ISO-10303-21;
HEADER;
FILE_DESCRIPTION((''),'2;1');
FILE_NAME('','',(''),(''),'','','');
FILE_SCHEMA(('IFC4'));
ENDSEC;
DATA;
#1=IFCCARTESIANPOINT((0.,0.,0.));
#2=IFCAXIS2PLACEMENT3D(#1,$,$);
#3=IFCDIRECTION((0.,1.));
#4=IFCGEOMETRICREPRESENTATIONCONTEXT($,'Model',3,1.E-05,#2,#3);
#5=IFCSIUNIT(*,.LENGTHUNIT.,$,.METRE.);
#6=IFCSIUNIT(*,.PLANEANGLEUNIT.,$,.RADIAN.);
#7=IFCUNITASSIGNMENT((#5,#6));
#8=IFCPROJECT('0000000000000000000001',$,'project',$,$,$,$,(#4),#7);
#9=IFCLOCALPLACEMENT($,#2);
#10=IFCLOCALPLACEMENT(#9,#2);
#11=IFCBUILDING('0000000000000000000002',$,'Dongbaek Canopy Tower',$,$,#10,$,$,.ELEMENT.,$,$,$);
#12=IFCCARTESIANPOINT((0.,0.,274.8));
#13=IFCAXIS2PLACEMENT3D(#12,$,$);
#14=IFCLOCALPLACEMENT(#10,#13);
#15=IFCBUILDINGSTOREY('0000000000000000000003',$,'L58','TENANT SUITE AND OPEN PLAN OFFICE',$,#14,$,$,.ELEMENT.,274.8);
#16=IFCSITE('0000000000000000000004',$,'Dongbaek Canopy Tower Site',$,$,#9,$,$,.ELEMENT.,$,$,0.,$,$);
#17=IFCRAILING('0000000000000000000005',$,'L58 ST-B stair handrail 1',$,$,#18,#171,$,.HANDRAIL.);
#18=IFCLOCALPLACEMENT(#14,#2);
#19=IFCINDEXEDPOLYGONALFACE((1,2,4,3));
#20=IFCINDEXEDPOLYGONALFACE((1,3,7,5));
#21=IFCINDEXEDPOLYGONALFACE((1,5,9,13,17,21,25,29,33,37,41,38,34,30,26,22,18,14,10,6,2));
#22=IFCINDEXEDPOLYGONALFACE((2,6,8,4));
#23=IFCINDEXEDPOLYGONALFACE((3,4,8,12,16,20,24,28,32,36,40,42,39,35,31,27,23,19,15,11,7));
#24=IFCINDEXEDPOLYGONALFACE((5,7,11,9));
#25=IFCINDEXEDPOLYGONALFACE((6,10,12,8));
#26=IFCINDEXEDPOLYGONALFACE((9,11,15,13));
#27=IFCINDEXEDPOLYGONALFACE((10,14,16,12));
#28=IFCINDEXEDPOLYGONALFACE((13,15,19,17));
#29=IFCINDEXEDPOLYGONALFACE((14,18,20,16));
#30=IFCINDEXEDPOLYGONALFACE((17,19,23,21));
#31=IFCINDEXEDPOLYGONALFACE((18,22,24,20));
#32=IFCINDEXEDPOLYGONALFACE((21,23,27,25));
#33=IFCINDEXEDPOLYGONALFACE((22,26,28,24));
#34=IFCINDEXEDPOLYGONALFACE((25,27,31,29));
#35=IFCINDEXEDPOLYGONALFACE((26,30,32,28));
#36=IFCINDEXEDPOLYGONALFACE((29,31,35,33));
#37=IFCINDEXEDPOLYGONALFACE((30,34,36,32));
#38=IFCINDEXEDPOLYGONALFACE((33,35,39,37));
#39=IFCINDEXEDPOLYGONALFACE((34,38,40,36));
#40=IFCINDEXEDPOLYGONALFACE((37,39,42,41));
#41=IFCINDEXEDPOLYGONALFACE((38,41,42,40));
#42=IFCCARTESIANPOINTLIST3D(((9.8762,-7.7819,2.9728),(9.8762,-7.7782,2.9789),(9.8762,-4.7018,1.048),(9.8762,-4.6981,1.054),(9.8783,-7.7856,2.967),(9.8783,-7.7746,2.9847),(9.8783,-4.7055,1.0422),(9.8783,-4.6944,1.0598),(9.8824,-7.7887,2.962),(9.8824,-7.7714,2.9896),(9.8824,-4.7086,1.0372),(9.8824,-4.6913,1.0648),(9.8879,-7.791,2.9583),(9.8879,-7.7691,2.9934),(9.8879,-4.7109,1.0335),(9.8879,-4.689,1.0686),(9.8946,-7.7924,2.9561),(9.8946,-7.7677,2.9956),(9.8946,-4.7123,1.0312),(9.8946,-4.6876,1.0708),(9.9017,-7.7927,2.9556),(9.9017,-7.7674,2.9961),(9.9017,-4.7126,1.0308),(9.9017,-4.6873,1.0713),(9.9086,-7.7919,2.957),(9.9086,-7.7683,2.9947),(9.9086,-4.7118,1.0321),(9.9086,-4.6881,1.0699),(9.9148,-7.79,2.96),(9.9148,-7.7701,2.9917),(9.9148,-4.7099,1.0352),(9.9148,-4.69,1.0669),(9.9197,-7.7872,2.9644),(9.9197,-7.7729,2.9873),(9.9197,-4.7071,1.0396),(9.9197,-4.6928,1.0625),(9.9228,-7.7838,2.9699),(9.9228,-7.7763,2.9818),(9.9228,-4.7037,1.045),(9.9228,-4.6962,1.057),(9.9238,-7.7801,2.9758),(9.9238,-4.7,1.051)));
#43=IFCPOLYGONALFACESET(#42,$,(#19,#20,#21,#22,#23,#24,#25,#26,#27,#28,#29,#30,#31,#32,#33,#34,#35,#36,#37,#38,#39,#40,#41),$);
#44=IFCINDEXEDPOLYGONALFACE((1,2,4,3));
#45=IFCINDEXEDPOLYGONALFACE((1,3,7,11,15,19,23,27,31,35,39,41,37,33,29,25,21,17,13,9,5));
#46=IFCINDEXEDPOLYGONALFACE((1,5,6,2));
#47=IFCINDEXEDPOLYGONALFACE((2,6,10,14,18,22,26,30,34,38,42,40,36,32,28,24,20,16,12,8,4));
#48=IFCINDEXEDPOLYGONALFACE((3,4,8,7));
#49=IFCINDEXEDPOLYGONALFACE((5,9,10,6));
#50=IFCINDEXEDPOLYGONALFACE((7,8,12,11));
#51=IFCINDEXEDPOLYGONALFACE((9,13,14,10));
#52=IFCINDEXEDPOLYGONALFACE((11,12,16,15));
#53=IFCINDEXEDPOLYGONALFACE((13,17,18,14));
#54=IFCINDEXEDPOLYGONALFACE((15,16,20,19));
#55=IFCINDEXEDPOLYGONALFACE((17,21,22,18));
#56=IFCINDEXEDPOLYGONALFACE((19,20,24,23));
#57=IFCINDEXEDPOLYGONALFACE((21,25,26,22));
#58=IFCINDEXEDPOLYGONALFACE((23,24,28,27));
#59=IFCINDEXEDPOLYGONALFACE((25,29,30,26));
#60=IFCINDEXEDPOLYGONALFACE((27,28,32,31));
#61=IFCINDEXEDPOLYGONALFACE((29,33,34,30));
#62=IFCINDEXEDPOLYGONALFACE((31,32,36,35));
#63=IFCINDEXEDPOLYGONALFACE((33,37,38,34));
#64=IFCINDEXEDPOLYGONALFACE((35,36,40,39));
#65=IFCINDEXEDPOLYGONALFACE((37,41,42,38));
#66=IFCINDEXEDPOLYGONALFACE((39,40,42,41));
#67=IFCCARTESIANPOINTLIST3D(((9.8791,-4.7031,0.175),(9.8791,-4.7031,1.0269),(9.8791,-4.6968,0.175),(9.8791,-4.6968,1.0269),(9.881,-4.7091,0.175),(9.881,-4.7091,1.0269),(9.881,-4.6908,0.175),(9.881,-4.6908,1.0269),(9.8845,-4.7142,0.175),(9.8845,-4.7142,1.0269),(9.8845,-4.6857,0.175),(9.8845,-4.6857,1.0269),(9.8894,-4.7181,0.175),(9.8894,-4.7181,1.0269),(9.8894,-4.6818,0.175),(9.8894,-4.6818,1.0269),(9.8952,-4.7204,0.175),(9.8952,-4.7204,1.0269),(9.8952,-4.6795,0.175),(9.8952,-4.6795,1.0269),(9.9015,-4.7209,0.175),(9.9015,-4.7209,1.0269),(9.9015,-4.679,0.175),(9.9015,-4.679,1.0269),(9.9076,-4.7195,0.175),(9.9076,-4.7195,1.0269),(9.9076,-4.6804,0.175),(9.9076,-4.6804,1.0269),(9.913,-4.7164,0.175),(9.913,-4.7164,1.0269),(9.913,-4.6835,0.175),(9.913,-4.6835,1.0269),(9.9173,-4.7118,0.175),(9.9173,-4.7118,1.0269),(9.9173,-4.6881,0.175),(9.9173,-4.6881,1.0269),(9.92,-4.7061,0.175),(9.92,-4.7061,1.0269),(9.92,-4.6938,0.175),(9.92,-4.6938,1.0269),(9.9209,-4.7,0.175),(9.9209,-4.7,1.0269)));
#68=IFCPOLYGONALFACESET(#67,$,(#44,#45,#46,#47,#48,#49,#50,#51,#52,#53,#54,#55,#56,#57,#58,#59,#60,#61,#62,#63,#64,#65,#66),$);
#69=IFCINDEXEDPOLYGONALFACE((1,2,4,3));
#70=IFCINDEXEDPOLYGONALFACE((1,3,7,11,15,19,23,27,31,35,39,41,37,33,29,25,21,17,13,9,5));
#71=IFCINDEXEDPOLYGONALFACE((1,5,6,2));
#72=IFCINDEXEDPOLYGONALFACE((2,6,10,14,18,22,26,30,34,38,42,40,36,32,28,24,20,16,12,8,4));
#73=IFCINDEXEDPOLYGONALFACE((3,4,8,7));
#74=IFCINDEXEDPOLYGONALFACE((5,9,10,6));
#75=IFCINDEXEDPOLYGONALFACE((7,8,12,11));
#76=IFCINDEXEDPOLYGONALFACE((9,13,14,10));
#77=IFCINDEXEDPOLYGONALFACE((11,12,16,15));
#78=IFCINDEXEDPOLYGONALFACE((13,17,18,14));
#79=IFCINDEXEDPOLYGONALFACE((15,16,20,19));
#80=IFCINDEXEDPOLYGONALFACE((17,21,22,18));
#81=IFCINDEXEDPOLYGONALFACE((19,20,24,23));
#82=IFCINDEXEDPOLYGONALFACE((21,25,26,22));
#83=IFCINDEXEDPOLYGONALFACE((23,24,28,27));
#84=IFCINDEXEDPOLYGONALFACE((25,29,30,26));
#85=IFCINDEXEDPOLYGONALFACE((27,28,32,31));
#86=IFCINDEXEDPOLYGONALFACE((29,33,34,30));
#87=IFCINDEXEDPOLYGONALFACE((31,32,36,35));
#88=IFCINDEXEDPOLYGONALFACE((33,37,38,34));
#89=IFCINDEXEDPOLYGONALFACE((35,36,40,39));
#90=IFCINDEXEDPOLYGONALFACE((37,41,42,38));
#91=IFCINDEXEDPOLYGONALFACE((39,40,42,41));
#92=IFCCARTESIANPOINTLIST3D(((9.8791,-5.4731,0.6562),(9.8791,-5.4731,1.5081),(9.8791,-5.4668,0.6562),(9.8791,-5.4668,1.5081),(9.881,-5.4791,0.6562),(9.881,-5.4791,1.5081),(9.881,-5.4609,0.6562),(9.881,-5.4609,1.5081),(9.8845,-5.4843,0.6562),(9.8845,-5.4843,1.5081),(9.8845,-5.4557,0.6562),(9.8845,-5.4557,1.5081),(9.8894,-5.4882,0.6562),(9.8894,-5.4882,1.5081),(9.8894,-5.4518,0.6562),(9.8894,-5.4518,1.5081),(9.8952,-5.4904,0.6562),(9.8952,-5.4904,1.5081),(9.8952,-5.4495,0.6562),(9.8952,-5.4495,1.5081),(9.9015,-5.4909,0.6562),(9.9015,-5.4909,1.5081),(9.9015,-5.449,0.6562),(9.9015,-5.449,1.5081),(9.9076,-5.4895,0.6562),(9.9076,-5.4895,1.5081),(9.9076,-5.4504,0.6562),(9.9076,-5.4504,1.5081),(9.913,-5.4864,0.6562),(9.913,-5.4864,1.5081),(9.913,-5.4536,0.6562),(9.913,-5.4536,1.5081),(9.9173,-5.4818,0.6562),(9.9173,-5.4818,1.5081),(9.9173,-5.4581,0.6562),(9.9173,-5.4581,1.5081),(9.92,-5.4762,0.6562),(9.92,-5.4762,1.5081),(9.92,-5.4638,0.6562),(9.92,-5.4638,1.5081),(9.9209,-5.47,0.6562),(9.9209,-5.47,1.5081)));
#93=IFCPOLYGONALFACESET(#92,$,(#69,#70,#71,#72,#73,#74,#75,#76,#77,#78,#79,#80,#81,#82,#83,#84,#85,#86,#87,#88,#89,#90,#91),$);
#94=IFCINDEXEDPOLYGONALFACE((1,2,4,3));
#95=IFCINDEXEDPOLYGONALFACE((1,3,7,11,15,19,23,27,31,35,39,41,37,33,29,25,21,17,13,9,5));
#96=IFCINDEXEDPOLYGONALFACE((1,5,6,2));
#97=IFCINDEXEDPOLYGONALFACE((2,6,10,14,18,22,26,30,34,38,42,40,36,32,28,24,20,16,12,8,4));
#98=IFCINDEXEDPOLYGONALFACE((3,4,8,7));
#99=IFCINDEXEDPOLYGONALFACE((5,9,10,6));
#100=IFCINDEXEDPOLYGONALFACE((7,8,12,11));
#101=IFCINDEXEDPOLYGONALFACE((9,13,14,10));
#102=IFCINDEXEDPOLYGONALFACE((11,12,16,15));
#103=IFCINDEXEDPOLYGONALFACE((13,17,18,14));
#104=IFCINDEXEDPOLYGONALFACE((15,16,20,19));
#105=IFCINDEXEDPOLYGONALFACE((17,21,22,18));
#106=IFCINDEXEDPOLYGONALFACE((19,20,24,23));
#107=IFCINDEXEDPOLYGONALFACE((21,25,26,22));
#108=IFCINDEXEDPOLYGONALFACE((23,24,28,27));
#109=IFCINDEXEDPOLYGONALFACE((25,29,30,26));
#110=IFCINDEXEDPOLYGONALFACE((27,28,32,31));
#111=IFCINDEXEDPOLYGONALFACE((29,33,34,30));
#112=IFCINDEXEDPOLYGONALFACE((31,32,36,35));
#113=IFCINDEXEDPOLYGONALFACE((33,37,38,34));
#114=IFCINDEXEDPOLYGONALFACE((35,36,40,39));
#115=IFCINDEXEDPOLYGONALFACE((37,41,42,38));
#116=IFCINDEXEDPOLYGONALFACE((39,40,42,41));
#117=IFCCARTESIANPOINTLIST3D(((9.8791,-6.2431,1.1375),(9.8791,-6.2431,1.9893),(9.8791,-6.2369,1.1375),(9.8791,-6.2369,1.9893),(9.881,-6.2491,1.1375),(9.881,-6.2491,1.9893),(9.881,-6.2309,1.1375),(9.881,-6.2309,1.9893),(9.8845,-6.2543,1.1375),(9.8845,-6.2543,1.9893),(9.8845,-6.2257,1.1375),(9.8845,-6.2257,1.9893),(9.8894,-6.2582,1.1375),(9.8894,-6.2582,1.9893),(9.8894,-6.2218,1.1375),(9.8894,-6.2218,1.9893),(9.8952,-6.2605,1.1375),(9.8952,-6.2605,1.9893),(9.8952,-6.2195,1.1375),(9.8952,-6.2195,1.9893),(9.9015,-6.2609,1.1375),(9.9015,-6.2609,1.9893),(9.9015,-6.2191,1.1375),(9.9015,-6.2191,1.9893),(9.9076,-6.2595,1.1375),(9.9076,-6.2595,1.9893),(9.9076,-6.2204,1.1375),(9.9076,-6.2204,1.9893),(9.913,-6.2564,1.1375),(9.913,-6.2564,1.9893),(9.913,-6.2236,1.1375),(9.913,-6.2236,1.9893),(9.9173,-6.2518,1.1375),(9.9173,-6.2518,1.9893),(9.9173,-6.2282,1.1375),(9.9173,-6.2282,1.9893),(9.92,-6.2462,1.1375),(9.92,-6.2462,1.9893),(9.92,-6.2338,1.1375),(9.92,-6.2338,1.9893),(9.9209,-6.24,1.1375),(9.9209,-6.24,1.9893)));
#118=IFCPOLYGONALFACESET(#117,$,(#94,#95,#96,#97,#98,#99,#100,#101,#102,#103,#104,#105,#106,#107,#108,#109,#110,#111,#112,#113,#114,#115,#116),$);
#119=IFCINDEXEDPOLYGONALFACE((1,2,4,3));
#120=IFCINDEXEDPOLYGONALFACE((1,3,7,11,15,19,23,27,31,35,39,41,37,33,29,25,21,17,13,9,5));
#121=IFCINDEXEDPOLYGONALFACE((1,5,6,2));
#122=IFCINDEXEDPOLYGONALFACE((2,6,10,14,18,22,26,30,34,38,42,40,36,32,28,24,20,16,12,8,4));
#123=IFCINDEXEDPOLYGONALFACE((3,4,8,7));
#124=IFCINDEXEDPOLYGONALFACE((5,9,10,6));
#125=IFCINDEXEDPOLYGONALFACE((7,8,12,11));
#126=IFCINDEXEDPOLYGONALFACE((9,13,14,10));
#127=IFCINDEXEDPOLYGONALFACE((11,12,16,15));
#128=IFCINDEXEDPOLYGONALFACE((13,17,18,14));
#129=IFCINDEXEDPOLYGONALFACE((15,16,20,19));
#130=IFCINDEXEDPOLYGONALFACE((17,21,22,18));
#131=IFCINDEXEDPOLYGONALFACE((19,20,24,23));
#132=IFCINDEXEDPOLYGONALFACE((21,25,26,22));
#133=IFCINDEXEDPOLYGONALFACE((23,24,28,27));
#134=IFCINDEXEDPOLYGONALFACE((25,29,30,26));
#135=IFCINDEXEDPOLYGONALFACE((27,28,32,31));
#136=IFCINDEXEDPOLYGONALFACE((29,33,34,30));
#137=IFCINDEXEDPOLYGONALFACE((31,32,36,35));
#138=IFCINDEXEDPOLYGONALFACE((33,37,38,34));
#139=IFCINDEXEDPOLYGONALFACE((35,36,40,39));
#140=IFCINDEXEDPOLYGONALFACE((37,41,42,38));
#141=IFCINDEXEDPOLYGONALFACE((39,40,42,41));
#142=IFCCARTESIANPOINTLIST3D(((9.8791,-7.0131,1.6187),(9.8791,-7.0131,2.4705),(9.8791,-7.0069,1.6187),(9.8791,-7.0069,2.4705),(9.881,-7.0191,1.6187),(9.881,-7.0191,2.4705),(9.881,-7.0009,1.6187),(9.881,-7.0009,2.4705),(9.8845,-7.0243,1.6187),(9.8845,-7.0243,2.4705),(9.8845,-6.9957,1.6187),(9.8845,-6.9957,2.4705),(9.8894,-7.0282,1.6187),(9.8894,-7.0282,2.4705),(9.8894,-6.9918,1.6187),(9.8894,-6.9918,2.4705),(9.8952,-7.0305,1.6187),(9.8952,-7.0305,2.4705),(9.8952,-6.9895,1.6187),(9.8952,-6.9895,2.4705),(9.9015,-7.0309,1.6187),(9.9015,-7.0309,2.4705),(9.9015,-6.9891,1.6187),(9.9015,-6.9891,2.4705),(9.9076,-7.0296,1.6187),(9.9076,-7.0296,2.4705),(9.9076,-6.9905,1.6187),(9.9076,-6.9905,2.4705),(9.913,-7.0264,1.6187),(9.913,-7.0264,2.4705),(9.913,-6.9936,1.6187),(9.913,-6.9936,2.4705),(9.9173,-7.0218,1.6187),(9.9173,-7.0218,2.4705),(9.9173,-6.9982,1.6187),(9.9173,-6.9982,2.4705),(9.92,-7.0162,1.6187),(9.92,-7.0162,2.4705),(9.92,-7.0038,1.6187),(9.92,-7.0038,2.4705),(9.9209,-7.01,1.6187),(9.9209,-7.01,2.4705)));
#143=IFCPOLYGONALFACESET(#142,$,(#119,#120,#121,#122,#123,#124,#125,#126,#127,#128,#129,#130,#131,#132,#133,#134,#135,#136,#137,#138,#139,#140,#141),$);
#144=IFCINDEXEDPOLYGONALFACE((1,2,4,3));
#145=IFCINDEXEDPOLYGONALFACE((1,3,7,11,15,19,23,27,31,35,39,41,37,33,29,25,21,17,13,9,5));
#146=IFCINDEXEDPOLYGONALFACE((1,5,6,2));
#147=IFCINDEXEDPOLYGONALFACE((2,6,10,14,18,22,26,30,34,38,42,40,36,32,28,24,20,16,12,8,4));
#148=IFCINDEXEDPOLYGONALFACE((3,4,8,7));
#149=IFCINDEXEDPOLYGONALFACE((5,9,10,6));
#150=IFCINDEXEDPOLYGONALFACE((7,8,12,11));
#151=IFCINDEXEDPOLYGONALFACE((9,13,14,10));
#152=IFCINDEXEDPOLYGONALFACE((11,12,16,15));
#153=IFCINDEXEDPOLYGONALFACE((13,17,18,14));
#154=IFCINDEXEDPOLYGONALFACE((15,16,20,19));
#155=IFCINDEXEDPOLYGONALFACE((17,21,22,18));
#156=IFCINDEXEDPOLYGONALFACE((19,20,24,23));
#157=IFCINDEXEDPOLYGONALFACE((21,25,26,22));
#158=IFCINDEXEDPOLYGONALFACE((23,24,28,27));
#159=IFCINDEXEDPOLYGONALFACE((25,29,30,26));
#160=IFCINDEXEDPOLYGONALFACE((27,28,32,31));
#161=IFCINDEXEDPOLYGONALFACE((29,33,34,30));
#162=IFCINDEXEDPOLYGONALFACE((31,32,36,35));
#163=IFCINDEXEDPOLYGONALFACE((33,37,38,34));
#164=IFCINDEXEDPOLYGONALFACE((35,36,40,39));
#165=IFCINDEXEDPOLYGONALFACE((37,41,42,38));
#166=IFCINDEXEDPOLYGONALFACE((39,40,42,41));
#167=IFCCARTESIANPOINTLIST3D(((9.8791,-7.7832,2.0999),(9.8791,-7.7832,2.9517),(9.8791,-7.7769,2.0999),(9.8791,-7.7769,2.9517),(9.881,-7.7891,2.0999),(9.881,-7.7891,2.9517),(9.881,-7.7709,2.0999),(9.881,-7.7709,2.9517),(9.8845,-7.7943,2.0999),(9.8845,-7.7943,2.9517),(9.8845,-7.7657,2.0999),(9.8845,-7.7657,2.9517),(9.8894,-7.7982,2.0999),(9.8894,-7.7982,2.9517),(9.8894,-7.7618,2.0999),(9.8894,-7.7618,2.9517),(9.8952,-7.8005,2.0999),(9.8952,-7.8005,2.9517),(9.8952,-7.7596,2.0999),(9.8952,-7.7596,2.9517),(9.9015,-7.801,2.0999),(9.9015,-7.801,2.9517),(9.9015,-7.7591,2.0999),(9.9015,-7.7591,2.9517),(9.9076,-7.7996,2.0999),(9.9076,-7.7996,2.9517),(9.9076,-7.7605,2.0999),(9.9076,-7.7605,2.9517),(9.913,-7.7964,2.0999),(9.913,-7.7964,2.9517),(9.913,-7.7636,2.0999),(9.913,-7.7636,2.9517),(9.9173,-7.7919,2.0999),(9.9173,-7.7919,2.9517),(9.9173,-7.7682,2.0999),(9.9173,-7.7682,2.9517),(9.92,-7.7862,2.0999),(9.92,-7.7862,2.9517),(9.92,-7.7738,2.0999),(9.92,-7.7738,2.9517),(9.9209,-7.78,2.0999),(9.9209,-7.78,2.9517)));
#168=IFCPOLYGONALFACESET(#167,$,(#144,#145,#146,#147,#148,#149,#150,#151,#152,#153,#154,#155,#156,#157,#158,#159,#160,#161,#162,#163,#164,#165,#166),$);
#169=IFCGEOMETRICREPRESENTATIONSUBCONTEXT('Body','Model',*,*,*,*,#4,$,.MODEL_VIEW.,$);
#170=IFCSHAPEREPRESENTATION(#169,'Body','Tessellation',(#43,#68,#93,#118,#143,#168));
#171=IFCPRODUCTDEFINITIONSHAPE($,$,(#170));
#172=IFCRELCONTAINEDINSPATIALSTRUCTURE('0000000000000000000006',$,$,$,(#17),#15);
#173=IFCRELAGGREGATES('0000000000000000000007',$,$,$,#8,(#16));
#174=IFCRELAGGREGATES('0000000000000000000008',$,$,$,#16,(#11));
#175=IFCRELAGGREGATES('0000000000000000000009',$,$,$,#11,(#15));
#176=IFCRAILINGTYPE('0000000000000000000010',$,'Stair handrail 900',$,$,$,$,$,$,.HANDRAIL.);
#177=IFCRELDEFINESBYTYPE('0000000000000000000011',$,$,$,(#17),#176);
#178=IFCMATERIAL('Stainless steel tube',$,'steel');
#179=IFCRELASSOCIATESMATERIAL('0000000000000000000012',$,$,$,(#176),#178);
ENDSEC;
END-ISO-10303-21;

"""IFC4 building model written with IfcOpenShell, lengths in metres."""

from ifc_helpers import new_model, si_unit, direction, frame, origin, origin_2d, place, context, subcontext, project, spatial, circle, extrude, material, type_object, element, save


model = new_model("IFC4")

# Units and contexts
model_context = context("Model", 3, precision=1e-05, world=origin(), true_north=direction((0.0, 1.0)))
body_context = subcontext(model_context, "Body", "Model", "MODEL_VIEW")
ifc_project = project(units=[si_unit("LENGTHUNIT", "METRE"), si_unit("PLANEANGLEUNIT", "RADIAN")], contexts=[model_context])

# Site, building, storey
site_placement = place(None, origin())
site = spatial("IfcSite", under=ifc_project, at=site_placement, Name="Dongbaek Canopy Tower Site", CompositionType="ELEMENT", RefElevation=0.0)
building_placement = place(site_placement, origin())
building = spatial("IfcBuilding", under=site, at=building_placement, Name="Dongbaek Canopy Tower", CompositionType="ELEMENT")
storey_placement = place(building_placement, frame((0.0, 0.0, 274.8)))
storey = spatial("IfcBuildingStorey", under=building, at=storey_placement, Name="L58", Description="TENANT SUITE AND OPEN PLAN OFFICE", CompositionType="ELEMENT", Elevation=274.8)

# Railing
ifc_material_1 = material(Name="Stainless steel tube", Category="steel")
railing_type_1 = type_object("IfcRailingType", Name="Stair handrail 900", PredefinedType="HANDRAIL", material=ifc_material_1)
railing_1_placement = place(storey_placement, frame((9.8999, -4.7, 0.175)))
element("IfcRailing", 1, at=railing_1_placement, inside=storey, type_object=railing_type_1, Name="L58 ST-B stair handrail 1", PredefinedType="HANDRAIL", context=body_context, shape_type="SweptSolid", body=[
    extrude(circle(Radius=0.0239, at=origin_2d()), frame((0.0, 0.0, 0.876), z_axis=(0.0, -0.848029, 0.529951), x_axis=(1.0, 0.0, 0.0)), (0.0, 0.0, 1.0), 3.6321),
    extrude(circle(Radius=0.021, at=origin_2d()), origin(), (0.0, 0.0, 1.0), 0.8518),
    extrude(circle(Radius=0.021, at=origin_2d()), frame((0.0, -0.77, 0.4812)), (0.0, 0.0, 1.0), 0.8518),
    extrude(circle(Radius=0.021, at=origin_2d()), frame((0.0, -1.54, 0.9624)), (0.0, 0.0, 1.0), 0.8518),
    extrude(circle(Radius=0.021, at=origin_2d()), frame((0.0, -2.3101, 1.4436)), (0.0, 0.0, 1.0), 0.8518),
    extrude(circle(Radius=0.021, at=origin_2d()), frame((0.0, -3.0801, 1.9248)), (0.0, 0.0, 1.0), 0.8518),
])

save(model, "model.ifc")
